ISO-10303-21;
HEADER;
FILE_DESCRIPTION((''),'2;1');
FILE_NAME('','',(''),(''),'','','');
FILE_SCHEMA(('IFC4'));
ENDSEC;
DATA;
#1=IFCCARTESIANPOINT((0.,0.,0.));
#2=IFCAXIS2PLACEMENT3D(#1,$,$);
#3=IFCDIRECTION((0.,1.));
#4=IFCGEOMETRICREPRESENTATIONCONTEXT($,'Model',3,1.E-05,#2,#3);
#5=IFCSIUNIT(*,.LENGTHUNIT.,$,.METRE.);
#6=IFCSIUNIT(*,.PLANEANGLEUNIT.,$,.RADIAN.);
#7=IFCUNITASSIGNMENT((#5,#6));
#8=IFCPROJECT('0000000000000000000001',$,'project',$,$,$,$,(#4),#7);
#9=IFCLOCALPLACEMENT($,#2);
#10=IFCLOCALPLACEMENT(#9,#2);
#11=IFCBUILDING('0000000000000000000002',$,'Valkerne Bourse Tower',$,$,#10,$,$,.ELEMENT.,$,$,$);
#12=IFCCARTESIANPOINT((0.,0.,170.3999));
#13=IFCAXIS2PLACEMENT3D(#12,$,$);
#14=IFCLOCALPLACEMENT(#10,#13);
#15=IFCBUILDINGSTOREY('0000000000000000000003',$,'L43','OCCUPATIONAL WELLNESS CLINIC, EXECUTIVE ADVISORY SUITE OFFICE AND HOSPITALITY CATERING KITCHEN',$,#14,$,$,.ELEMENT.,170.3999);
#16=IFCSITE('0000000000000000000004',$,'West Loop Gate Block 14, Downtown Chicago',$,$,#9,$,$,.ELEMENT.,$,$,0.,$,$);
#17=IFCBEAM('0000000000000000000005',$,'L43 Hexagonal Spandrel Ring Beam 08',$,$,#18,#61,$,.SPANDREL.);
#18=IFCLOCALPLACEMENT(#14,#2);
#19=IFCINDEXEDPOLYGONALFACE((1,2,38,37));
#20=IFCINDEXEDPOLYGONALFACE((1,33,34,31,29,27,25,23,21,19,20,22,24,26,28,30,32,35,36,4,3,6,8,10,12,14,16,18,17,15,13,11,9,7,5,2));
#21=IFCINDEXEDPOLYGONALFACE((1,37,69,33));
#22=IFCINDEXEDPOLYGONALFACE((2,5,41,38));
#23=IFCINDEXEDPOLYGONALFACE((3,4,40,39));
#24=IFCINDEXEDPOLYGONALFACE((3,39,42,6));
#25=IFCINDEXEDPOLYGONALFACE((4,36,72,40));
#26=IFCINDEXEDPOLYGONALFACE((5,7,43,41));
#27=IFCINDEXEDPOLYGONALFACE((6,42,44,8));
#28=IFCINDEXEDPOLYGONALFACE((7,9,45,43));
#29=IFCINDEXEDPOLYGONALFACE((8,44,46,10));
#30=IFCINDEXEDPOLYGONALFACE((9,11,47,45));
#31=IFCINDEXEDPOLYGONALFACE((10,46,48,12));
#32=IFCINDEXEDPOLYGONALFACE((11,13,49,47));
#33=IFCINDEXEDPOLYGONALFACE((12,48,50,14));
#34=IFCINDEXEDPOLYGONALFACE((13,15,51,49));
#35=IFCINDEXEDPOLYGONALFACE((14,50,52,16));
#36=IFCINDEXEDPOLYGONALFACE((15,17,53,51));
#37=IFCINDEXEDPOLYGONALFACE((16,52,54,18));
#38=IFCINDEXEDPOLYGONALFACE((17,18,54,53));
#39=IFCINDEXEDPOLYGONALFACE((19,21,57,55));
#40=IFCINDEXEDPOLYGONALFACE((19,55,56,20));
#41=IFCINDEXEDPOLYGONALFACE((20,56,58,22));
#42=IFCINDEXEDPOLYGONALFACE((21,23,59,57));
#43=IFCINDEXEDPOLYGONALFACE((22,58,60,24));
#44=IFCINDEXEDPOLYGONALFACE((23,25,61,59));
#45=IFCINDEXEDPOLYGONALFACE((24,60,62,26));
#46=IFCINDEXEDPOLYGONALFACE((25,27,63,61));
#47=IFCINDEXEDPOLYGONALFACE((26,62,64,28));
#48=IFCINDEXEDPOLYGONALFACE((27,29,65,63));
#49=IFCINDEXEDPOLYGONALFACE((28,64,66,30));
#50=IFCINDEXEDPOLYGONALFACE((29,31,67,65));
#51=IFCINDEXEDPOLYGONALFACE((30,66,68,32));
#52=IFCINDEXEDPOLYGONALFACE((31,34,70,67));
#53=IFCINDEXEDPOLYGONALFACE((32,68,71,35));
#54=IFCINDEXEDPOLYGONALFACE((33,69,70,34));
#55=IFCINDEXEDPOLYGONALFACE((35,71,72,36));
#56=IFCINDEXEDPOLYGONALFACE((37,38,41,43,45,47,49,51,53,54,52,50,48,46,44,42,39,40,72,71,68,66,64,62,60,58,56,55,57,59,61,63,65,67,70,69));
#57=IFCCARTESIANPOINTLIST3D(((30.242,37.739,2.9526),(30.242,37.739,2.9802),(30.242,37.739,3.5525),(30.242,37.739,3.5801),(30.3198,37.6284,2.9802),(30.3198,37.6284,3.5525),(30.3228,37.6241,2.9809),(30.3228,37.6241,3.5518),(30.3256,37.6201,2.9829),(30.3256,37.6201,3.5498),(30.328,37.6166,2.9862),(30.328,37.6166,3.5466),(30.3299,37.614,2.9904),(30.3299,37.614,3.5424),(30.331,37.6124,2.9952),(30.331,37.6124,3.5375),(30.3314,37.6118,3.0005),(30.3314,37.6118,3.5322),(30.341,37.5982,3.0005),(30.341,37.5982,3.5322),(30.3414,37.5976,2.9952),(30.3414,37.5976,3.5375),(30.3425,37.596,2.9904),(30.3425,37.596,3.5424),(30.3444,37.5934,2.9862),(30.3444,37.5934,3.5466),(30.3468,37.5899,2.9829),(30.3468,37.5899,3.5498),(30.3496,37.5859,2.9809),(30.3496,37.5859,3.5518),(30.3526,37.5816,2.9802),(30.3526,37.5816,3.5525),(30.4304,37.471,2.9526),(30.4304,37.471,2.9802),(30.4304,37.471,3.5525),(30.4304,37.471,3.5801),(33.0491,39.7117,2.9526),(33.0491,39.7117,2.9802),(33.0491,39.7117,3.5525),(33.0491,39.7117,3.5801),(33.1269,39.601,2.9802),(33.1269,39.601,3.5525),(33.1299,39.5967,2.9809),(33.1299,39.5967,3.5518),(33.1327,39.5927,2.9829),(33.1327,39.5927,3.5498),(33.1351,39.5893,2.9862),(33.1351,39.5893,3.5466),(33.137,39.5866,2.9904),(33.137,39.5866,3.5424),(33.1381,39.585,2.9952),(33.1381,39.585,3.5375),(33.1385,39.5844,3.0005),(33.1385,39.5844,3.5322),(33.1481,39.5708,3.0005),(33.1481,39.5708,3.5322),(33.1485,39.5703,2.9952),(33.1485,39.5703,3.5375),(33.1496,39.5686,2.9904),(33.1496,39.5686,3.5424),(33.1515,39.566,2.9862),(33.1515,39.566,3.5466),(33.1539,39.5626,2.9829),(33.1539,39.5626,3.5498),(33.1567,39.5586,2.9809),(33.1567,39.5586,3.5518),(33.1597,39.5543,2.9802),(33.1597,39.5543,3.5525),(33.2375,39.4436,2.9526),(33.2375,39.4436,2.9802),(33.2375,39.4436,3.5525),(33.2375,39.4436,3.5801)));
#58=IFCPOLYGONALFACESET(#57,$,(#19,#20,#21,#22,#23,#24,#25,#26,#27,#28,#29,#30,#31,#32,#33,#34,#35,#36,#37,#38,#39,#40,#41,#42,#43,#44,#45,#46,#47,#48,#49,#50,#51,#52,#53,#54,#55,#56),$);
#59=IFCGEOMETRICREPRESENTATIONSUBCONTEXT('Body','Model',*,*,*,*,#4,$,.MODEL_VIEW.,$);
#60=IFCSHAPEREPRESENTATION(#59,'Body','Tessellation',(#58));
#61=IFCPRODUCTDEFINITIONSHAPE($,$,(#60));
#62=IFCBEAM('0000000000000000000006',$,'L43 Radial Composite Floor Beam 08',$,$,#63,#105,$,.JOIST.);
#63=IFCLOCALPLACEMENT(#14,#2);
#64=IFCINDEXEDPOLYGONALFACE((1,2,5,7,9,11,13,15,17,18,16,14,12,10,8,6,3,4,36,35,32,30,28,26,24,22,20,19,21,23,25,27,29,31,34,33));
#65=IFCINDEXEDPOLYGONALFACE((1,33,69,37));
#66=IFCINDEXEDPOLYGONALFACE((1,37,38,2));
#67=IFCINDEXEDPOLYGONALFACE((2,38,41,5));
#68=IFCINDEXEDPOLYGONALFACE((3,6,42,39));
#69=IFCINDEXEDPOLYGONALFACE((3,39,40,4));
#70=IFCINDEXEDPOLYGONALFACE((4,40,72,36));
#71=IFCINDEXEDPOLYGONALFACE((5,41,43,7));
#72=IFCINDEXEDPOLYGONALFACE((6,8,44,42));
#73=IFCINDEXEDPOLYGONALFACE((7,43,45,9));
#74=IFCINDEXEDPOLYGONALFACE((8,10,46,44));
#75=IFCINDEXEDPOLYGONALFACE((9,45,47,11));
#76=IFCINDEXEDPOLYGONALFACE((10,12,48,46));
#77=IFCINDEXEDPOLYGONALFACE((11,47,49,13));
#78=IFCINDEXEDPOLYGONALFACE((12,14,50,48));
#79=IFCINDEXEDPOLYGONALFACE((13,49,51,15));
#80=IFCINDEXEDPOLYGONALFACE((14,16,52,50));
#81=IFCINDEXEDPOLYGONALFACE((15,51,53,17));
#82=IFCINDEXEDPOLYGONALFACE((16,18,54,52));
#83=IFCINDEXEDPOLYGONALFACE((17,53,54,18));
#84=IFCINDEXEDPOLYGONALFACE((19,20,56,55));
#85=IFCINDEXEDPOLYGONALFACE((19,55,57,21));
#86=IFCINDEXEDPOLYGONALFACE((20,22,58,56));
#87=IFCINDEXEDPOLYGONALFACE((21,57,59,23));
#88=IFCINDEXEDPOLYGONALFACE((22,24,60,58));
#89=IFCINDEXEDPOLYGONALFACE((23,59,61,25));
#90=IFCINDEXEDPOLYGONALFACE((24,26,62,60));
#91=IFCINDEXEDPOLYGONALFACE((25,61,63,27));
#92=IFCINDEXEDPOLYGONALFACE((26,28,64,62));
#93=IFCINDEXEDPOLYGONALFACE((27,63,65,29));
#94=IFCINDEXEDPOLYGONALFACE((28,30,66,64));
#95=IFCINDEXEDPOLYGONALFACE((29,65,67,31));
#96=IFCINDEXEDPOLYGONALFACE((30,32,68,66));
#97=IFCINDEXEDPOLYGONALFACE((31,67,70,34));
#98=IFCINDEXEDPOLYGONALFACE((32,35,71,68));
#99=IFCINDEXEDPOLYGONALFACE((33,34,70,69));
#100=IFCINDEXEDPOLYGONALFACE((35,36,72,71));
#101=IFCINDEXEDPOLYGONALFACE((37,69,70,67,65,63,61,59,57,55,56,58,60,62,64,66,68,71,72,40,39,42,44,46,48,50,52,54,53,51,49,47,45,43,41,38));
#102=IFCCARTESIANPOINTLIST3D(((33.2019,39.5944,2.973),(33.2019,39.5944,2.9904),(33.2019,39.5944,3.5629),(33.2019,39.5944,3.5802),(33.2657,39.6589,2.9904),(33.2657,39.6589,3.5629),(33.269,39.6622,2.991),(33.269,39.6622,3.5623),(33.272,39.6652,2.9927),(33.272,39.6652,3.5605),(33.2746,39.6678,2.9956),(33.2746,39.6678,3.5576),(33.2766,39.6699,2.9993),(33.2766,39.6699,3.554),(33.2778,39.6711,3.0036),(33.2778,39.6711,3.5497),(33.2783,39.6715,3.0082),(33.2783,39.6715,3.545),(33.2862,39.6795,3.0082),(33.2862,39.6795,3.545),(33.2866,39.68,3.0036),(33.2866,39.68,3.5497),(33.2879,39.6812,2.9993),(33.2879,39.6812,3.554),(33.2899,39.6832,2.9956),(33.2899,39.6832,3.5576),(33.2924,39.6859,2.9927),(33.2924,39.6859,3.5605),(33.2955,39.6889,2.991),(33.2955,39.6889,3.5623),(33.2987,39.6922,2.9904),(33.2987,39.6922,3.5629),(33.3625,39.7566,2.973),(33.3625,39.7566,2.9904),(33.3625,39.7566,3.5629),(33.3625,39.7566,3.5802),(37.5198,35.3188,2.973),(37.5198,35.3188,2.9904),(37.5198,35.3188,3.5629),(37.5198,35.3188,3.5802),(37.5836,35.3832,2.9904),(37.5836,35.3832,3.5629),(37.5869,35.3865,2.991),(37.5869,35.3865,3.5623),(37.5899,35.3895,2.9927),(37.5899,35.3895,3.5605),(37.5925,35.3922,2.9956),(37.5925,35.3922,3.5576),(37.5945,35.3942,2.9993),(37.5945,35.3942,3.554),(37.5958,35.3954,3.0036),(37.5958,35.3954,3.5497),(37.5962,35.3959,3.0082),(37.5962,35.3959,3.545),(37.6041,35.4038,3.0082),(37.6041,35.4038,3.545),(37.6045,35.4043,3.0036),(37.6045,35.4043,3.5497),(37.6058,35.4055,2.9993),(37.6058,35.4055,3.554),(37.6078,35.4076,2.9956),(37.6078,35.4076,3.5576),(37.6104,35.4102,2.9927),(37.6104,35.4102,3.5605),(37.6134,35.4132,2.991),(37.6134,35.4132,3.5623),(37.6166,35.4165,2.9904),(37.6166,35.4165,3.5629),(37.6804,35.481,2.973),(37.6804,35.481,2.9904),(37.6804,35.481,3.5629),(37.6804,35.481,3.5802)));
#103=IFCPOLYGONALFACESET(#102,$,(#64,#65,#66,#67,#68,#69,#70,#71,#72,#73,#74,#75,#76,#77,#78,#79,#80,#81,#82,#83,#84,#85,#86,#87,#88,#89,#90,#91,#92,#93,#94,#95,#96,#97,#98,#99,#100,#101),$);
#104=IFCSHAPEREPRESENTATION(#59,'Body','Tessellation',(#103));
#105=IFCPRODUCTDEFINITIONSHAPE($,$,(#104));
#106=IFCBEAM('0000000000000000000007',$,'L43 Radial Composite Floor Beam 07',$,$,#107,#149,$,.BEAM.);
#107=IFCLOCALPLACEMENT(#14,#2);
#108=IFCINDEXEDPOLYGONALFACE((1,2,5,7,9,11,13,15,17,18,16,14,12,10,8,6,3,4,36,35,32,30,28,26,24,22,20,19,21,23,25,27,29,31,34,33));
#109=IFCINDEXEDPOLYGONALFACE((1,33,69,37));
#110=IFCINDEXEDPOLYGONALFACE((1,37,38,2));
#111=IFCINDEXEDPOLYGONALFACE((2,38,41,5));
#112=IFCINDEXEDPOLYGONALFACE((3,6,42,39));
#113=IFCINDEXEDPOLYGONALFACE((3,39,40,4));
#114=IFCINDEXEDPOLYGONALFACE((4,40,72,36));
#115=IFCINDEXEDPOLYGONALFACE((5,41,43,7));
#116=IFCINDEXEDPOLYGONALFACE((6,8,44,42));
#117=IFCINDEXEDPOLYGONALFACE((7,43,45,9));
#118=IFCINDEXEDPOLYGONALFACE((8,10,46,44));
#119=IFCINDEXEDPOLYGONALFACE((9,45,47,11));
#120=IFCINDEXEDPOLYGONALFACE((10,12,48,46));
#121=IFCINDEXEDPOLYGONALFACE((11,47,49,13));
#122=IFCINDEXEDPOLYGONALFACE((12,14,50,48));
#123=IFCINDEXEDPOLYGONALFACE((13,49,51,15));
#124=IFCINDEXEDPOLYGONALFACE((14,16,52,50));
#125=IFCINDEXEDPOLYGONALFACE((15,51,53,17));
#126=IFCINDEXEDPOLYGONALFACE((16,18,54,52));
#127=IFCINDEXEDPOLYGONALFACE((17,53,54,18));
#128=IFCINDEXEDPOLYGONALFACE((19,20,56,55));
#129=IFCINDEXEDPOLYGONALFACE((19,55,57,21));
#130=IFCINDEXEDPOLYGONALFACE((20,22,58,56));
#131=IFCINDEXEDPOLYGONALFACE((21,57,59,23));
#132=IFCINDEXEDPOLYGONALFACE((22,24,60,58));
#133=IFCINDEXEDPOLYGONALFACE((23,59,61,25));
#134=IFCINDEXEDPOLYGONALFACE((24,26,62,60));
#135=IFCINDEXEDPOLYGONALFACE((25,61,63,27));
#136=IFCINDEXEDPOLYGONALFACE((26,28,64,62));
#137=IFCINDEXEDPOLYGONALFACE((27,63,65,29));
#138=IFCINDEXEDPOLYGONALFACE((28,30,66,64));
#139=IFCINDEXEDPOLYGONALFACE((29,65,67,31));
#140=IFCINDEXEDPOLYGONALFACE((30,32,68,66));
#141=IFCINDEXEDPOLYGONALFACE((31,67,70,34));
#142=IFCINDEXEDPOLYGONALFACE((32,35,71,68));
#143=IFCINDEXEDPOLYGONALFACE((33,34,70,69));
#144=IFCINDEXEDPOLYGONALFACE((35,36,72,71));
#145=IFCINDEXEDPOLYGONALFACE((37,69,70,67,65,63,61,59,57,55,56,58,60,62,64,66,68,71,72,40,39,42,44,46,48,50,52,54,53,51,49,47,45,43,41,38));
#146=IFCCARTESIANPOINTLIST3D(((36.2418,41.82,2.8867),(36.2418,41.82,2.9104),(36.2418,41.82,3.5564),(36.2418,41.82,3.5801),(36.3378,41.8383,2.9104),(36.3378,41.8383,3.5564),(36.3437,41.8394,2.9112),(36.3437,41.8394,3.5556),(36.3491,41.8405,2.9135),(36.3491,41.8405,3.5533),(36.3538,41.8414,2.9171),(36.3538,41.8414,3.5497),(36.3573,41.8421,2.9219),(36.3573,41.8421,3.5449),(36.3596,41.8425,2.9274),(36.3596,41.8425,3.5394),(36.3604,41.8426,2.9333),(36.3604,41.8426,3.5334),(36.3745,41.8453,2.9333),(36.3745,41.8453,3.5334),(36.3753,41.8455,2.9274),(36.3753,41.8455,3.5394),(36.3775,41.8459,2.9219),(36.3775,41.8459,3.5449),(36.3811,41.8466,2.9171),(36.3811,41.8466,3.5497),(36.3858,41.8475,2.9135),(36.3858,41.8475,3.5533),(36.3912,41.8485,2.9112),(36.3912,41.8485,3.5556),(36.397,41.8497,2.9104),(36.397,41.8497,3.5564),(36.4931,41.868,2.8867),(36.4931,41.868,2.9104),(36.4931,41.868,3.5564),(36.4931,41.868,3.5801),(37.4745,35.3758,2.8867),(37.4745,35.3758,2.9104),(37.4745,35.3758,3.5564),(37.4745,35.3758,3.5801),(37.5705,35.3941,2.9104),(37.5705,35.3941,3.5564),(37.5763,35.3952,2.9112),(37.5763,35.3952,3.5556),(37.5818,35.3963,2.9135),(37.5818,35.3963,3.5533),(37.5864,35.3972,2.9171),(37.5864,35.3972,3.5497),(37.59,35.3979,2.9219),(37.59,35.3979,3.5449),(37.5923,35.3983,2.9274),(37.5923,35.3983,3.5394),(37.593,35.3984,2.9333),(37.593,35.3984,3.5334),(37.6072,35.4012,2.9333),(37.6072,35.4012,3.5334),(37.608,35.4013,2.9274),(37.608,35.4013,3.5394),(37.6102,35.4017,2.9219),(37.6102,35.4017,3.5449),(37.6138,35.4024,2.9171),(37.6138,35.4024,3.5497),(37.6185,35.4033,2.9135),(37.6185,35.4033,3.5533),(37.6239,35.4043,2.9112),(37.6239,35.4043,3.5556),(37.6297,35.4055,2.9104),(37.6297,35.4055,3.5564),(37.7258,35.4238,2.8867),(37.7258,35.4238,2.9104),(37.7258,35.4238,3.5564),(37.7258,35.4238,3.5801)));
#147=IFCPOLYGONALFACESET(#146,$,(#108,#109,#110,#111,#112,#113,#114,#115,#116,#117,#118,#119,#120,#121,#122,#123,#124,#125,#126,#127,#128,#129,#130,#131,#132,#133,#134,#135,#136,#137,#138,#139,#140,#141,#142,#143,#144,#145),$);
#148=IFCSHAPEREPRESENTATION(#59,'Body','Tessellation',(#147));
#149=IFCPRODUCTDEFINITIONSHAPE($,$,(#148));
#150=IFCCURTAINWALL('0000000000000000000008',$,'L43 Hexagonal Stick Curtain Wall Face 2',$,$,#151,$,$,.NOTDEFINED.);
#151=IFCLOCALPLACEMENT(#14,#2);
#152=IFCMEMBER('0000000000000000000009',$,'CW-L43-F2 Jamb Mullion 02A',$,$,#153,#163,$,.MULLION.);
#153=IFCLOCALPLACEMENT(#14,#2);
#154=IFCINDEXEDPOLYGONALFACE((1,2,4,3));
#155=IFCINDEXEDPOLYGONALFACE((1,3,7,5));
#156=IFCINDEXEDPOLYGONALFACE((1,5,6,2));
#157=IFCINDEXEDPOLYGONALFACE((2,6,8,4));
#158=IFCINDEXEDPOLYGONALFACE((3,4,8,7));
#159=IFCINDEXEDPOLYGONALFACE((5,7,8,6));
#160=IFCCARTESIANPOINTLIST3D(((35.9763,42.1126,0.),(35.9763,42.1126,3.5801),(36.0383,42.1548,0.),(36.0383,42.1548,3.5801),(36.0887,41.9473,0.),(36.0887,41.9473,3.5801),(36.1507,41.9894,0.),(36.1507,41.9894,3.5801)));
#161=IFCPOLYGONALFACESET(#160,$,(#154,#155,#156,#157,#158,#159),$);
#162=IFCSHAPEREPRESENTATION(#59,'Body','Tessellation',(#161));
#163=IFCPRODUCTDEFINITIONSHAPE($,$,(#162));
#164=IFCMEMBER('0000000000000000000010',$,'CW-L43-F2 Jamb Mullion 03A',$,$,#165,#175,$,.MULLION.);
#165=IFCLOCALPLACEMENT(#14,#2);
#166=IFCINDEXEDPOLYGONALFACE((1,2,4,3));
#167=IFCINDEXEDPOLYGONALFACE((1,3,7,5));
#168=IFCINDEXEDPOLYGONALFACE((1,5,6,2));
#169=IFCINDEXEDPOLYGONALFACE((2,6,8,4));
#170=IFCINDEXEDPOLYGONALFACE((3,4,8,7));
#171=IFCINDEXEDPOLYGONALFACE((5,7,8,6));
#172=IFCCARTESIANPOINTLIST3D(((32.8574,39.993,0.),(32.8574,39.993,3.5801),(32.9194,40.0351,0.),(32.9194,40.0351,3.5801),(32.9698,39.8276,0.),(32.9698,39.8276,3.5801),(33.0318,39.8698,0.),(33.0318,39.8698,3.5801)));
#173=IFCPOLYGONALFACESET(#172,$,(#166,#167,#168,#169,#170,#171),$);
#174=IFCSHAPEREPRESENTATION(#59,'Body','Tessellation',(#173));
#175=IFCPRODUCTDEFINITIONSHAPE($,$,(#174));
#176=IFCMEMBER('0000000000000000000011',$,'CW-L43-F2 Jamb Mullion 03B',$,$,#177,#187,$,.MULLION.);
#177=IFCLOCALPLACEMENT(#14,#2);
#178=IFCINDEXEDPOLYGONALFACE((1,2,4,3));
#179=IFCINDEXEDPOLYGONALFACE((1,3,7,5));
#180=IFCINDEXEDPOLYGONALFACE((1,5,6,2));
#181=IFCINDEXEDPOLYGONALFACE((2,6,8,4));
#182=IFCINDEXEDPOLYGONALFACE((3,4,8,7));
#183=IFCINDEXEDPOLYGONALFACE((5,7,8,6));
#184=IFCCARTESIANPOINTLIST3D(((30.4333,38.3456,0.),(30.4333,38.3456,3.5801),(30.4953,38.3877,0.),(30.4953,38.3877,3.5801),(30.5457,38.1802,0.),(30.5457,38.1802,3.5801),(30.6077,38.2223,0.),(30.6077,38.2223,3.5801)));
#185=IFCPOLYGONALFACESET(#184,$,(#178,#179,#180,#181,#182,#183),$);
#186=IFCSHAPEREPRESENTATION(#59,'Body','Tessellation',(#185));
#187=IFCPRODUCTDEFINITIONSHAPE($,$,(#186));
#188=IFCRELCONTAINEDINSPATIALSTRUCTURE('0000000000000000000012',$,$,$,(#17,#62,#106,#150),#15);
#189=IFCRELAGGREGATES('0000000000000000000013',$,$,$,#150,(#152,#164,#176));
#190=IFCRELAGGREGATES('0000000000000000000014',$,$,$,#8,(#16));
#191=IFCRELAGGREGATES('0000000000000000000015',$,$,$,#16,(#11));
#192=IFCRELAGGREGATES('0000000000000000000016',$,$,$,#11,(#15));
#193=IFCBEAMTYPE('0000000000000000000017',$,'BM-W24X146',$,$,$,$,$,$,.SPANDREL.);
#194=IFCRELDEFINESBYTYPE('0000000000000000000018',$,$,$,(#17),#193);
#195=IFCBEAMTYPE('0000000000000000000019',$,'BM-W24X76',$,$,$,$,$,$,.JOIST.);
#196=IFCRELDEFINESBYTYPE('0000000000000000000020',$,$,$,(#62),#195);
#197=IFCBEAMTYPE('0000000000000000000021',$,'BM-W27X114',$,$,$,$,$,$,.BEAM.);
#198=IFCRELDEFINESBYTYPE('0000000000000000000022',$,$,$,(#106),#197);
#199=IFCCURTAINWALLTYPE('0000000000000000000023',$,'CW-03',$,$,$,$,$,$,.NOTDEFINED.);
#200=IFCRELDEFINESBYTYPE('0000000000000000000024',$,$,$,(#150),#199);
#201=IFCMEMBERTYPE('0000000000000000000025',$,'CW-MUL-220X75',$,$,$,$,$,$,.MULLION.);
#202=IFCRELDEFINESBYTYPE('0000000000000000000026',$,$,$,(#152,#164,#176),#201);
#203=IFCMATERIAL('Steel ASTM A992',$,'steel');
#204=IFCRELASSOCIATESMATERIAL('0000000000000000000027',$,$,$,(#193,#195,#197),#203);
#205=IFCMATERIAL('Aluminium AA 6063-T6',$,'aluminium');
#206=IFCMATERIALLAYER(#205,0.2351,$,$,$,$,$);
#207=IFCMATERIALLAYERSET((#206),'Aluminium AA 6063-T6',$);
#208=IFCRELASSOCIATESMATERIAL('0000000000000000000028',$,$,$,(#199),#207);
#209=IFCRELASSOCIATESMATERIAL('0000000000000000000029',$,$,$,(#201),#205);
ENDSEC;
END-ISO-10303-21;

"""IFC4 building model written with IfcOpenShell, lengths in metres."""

from ifc_helpers import new_model, si_unit, direction, frame, origin, origin_2d, place, context, subcontext, project, spatial, rectangle, i_section, extrude, material, layer, layer_set, material_profile, profile_set, type_object, element, aggregate, save


model = new_model("IFC4")

# Units and contexts
model_context = context("Model", 3, precision=1e-05, world=origin(), true_north=direction((0.0, 1.0)))
body_context = subcontext(model_context, "Body", "Model", "MODEL_VIEW")
ifc_project = project(units=[si_unit("LENGTHUNIT", "METRE"), si_unit("PLANEANGLEUNIT", "RADIAN")], contexts=[model_context])

# Site, building, storey
site_placement = place(None, origin())
site = spatial("IfcSite", under=ifc_project, at=site_placement, Name="West Loop Gate Block 14, Downtown Chicago", CompositionType="ELEMENT", RefElevation=0.0)
building_placement = place(site_placement, origin())
building = spatial("IfcBuilding", under=site, at=building_placement, Name="Valkerne Bourse Tower", CompositionType="ELEMENT")
storey_placement = place(building_placement, frame((0.0, 0.0, 170.3999)))
storey = spatial("IfcBuildingStorey", under=building, at=storey_placement, Name="L43", Description="OCCUPATIONAL WELLNESS CLINIC, EXECUTIVE ADVISORY SUITE OFFICE AND HOSPITALITY CATERING KITCHEN", CompositionType="ELEMENT", Elevation=170.3999)

# Beams
ifc_material_1 = material(Name="Steel ASTM A992", Category="steel")
ifc_material_profile_1 = material_profile(ifc_material_1, i_section(OverallWidth=0.3276, OverallDepth=0.6274, WebThickness=0.0166, FlangeThickness=0.0276, FilletRadius=0.0203, at=origin_2d()), Name="W24X146")
ifc_profile_set_1 = profile_set([ifc_material_profile_1], Name="Steel ASTM A992")
beam_type_1 = type_object("IfcBeamType", Name="BM-W24X146", PredefinedType="SPANDREL", material=ifc_profile_set_1)
beam_1_placement = place(storey_placement, frame((33.1433, 39.5776, 3.2664), z_axis=(-0.818181, -0.574961, 0.0), x_axis=(0.574961, -0.818181, 0.0)))
element("IfcBeam", 1, at=beam_1_placement, inside=storey, type_object=beam_type_1, Name="L43 Hexagonal Spandrel Ring Beam 08", PredefinedType="SPANDREL", context=body_context, shape_type="SweptSolid", body=[
    extrude(i_section(OverallWidth=0.3276, OverallDepth=0.6274, WebThickness=0.0166, FlangeThickness=0.0276, FilletRadius=0.0203, at=origin_2d()), origin(), (0.0, 0.0, 1.0), 3.4309),
])
ifc_material_profile_2 = material_profile(ifc_material_1, i_section(OverallWidth=0.2283, OverallDepth=0.6072, WebThickness=0.0112, FlangeThickness=0.0173, FilletRadius=0.0178, at=origin_2d()), Name="W24X76")
ifc_profile_set_2 = profile_set([ifc_material_profile_2], Name="Steel ASTM A992")
beam_type_2 = type_object("IfcBeamType", Name="BM-W24X76", PredefinedType="JOIST", material=ifc_profile_set_2)
beam_2_placement = place(storey_placement, frame((33.2822, 39.6755, 3.2766), z_axis=(0.710574, -0.703623, 0.0), x_axis=(0.703623, 0.710574, 0.0)))
element("IfcBeam", 2, at=beam_2_placement, inside=storey, type_object=beam_type_2, Name="L43 Radial Composite Floor Beam 08", PredefinedType="JOIST", context=body_context, shape_type="SweptSolid", body=[
    extrude(i_section(OverallWidth=0.2283, OverallDepth=0.6072, WebThickness=0.0112, FlangeThickness=0.0173, FilletRadius=0.0178, at=origin_2d()), origin(), (0.0, 0.0, 1.0), 6.0767),
])
ifc_material_profile_3 = material_profile(ifc_material_1, i_section(OverallWidth=0.2559, OverallDepth=0.6934, WebThickness=0.0144, FlangeThickness=0.0237, FilletRadius=0.0229, at=origin_2d()), Name="W27X114")
ifc_profile_set_3 = profile_set([ifc_material_profile_3], Name="Steel ASTM A992")
beam_type_3 = type_object("IfcBeamType", Name="BM-W27X114", PredefinedType="BEAM", material=ifc_profile_set_3)
beam_3_placement = place(storey_placement, frame((36.3674, 41.844, 3.2334), z_axis=(0.18788, -0.982192, 0.0), x_axis=(0.982192, 0.18788, 0.0)))
element("IfcBeam", 3, at=beam_3_placement, inside=storey, type_object=beam_type_3, Name="L43 Radial Composite Floor Beam 07", PredefinedType="BEAM", context=body_context, shape_type="SweptSolid", body=[
    extrude(i_section(OverallWidth=0.2559, OverallDepth=0.6934, WebThickness=0.0144, FlangeThickness=0.0237, FilletRadius=0.0229, at=origin_2d()), origin(), (0.0, 0.0, 1.0), 6.561),
])

# Curtain wall, members
ifc_material_2 = material(Name="Aluminium AA 6063-T6", Category="aluminium")
ifc_layer_1 = layer(ifc_material_2, 0.2351)
ifc_layer_set_1 = layer_set([ifc_layer_1], Name="Aluminium AA 6063-T6")
curtain_wall_type = type_object("IfcCurtainWallType", Name="CW-03", PredefinedType="NOTDEFINED", material=ifc_layer_set_1)
curtain_wall_placement = place(storey_placement, origin())
curtain_wall = element("IfcCurtainWall", 4, at=curtain_wall_placement, inside=storey, type_object=curtain_wall_type, Name="L43 Hexagonal Stick Curtain Wall Face 2", PredefinedType="NOTDEFINED")
ifc_material_profile_4 = material_profile(ifc_material_2, rectangle(XDim=0.075, YDim=0.2, at=origin_2d()), Name="CWM-75X200")
ifc_profile_set_4 = profile_set([ifc_material_profile_4], Name="Aluminium AA 6063-T6")
member_type_1 = type_object("IfcMemberType", Name="CW-MUL-220X75", PredefinedType="MULLION", material=ifc_profile_set_4)
member_1_placement = place(storey_placement, frame((36.0635, 42.051, 0.0), z_axis=(0.0, 0.0, 1.0), x_axis=(-0.827081, -0.562083, 0.0)))
member_1 = element("IfcMember", 5, at=member_1_placement, type_object=member_type_1, Name="CW-L43-F2 Jamb Mullion 02A", PredefinedType="MULLION", context=body_context, shape_type="SweptSolid", body=[
    extrude(rectangle(XDim=0.075, YDim=0.2, at=origin_2d()), origin(), (0.0, 0.0, 1.0), 3.5801),
])
member_2_placement = place(storey_placement, frame((32.9446, 39.9314, 0.0), z_axis=(0.0, 0.0, 1.0), x_axis=(-0.827089, -0.562071, 0.0)))
member_2 = element("IfcMember", 6, at=member_2_placement, type_object=member_type_1, Name="CW-L43-F2 Jamb Mullion 03A", PredefinedType="MULLION", context=body_context, shape_type="SweptSolid", body=[
    extrude(rectangle(XDim=0.075, YDim=0.2, at=origin_2d()), origin(), (0.0, 0.0, 1.0), 3.5801),
])
member_3_placement = place(storey_placement, frame((30.5205, 38.2839, 0.0), z_axis=(0.0, 0.0, 1.0), x_axis=(-0.827089, -0.562071, 0.0)))
member_3 = element("IfcMember", 7, at=member_3_placement, type_object=member_type_1, Name="CW-L43-F2 Jamb Mullion 03B", PredefinedType="MULLION", context=body_context, shape_type="SweptSolid", body=[
    extrude(rectangle(XDim=0.075, YDim=0.2, at=origin_2d()), origin(), (0.0, 0.0, 1.0), 3.5801),
])

aggregate(curtain_wall, [member_1, member_2, member_3])

save(model, "model.ifc")
